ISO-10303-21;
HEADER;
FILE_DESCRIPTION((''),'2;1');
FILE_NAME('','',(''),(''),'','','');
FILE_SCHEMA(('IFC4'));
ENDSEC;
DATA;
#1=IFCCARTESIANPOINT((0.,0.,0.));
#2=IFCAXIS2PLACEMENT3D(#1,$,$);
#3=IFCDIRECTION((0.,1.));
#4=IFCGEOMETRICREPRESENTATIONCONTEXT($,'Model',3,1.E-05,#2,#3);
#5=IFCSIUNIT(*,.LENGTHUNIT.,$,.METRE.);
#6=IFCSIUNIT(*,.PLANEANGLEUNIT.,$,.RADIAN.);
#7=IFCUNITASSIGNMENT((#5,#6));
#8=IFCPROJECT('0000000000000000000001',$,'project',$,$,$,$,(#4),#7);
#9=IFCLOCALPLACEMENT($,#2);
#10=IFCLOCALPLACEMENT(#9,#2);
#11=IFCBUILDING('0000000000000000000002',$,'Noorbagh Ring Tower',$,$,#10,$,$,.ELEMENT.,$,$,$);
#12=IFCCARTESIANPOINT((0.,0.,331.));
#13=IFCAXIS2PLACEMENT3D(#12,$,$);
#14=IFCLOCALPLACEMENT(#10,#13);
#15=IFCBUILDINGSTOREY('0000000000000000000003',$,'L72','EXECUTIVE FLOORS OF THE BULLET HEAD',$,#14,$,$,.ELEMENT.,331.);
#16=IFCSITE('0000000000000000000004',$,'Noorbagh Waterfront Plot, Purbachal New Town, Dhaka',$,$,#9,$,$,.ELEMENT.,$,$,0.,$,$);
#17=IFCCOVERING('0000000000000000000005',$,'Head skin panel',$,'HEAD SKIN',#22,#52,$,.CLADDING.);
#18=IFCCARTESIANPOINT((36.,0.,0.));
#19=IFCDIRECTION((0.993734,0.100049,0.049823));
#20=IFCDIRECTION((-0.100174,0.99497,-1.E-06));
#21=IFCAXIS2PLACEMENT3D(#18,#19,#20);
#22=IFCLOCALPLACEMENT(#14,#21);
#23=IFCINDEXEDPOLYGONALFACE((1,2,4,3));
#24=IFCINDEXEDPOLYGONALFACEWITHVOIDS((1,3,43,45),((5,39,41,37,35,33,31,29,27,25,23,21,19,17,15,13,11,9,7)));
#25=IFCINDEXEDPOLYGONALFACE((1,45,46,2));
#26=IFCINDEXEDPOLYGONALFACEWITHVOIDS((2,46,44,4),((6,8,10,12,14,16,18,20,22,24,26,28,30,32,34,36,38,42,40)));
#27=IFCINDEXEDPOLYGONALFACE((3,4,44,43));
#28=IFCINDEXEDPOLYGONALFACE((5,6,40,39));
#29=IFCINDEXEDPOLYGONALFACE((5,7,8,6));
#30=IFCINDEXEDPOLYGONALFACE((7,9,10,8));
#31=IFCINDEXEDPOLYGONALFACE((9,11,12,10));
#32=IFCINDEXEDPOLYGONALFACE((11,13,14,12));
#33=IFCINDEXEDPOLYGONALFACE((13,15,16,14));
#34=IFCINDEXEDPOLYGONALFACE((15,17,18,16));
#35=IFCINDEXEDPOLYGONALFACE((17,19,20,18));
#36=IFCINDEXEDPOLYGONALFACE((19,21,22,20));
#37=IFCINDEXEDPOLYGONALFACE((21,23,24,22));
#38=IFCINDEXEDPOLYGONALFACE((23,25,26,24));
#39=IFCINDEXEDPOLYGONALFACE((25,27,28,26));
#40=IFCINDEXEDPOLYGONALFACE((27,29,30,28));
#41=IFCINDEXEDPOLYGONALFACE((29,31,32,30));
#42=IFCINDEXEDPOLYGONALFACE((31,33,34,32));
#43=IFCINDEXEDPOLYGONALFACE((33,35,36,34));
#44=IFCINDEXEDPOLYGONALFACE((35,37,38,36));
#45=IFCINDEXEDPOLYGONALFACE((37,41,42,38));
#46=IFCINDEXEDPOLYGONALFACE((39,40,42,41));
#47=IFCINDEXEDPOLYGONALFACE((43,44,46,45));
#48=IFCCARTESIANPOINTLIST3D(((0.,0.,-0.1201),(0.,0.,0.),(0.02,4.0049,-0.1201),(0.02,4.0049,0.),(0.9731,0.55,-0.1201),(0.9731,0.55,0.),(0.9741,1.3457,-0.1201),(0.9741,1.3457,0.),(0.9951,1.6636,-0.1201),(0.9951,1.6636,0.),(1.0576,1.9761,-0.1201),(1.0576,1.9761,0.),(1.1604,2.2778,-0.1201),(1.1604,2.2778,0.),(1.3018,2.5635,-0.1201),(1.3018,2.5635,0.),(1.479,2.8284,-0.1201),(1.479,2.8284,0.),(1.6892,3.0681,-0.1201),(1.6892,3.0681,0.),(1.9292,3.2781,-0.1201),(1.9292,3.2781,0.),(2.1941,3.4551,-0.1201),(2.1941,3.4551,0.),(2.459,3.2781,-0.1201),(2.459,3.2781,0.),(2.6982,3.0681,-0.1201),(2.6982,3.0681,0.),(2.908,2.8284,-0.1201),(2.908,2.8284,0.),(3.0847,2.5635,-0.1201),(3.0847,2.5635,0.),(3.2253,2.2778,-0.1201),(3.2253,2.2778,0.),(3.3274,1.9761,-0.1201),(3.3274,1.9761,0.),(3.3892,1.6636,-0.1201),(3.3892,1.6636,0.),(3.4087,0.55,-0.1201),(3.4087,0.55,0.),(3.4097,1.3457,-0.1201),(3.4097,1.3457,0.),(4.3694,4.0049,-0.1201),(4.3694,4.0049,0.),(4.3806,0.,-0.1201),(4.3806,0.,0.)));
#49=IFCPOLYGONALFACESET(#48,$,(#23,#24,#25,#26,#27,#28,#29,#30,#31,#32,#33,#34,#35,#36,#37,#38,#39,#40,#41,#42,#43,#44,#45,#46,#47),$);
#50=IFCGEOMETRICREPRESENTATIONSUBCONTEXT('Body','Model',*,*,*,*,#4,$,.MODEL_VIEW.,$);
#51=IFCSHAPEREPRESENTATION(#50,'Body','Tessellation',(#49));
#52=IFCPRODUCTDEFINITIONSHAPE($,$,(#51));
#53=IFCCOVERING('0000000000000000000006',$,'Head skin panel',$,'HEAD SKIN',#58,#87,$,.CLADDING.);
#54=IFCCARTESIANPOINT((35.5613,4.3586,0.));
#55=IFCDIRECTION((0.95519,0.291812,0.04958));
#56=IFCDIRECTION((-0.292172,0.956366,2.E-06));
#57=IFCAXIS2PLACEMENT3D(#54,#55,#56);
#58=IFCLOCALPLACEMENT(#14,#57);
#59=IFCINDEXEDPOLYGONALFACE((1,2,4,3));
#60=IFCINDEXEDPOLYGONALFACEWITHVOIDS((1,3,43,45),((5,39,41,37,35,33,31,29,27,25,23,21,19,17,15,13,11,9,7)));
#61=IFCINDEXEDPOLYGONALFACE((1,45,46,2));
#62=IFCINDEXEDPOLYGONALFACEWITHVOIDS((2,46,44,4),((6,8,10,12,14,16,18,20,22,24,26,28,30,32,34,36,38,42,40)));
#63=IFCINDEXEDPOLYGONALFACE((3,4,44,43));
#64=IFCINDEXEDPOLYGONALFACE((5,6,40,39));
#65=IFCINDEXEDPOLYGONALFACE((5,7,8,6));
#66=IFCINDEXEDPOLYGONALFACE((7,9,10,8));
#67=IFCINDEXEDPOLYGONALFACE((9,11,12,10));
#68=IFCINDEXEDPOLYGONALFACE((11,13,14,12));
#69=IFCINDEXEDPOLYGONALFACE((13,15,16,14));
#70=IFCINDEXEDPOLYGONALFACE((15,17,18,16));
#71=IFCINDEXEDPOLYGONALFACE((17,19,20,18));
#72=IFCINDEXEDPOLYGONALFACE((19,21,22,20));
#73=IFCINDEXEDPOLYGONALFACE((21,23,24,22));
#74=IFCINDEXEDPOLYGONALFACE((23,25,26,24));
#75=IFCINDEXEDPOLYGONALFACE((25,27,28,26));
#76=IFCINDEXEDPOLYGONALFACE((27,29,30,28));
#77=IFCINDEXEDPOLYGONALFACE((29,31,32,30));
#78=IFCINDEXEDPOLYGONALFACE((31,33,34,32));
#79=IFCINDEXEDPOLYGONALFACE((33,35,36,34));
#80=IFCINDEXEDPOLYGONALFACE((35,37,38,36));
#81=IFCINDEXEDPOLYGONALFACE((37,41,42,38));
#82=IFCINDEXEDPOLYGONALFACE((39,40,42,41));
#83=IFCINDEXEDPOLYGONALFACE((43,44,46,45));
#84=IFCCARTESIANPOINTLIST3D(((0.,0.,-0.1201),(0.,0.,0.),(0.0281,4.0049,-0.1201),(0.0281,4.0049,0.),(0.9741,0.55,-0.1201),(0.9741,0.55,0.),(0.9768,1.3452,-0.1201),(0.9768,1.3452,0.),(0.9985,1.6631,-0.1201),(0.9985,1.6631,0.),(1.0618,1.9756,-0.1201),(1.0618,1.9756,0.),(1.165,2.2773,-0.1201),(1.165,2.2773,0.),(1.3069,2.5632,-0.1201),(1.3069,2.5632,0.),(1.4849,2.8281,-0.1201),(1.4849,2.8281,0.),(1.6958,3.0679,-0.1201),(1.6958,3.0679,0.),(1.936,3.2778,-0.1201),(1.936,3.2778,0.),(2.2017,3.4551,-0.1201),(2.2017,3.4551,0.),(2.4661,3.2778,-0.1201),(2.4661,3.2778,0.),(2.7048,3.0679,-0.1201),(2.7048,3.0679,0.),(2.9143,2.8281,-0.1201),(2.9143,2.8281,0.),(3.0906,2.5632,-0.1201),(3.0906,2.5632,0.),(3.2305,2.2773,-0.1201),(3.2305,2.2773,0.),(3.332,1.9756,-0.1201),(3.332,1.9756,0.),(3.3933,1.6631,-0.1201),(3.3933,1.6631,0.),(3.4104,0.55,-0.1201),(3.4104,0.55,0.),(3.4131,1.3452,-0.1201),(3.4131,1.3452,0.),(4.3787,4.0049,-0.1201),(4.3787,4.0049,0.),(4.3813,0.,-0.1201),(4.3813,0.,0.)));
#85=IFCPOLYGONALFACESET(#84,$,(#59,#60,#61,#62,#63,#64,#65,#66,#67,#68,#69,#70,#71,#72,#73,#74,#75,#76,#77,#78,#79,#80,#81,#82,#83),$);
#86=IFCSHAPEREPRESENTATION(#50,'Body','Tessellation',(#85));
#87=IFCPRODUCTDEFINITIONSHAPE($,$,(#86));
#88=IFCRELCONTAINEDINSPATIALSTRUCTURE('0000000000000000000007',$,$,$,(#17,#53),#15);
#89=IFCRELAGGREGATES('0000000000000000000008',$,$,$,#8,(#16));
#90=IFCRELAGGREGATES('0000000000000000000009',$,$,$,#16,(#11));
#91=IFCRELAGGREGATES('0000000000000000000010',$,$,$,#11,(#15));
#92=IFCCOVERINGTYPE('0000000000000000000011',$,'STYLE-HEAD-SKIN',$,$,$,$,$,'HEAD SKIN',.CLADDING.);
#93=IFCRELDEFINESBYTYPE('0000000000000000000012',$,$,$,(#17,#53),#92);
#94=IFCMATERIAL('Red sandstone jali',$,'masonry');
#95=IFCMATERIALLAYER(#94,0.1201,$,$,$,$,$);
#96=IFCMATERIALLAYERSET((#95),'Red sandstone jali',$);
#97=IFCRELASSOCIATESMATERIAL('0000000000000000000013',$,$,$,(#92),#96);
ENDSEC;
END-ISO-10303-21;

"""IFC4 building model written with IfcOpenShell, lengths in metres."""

from ifc_helpers import new_model, si_unit, direction, frame, origin, place, context, subcontext, project, spatial, polyline, outline, extrude, material, layer, layer_set, type_object, element, save


model = new_model("IFC4")

# Units and contexts
model_context = context("Model", 3, precision=1e-05, world=origin(), true_north=direction((0.0, 1.0)))
body_context = subcontext(model_context, "Body", "Model", "MODEL_VIEW")
ifc_project = project(units=[si_unit("LENGTHUNIT", "METRE"), si_unit("PLANEANGLEUNIT", "RADIAN")], contexts=[model_context])

# Site, building, storey
site_placement = place(None, origin())
site = spatial("IfcSite", under=ifc_project, at=site_placement, Name="Noorbagh Waterfront Plot, Purbachal New Town, Dhaka", CompositionType="ELEMENT", RefElevation=0.0)
building_placement = place(site_placement, origin())
building = spatial("IfcBuilding", under=site, at=building_placement, Name="Noorbagh Ring Tower", CompositionType="ELEMENT")
storey_placement = place(building_placement, frame((0.0, 0.0, 331.0)))
storey = spatial("IfcBuildingStorey", under=building, at=storey_placement, Name="L72", Description="EXECUTIVE FLOORS OF THE BULLET HEAD", CompositionType="ELEMENT", Elevation=331.0)

# Coverings
ifc_material_1 = material(Name="Red sandstone jali", Category="masonry")
ifc_layer_1 = layer(ifc_material_1, 0.1201)
ifc_layer_set_1 = layer_set([ifc_layer_1], Name="Red sandstone jali")
covering_type_1 = type_object("IfcCoveringType", Name="STYLE-HEAD-SKIN", ElementType="HEAD SKIN", PredefinedType="CLADDING", material=ifc_layer_set_1)
covering_1_placement = place(storey_placement, frame((36.0, 0.0, 0.0), z_axis=(0.993734, 0.100049, 0.049823), x_axis=(-0.100174, 0.99497, -0.000001)))
element("IfcCovering", 1, at=covering_1_placement, inside=storey, type_object=covering_type_1, Name="Head skin panel", ObjectType="HEAD SKIN", PredefinedType="CLADDING", context=body_context, shape_type="SweptSolid", body=[
    extrude(outline(polyline([(0.0, 0.0), (4.3806, 0.0), (4.3694, 4.0049), (0.02, 4.0049), (0.0, 0.0)]), holes=[polyline([(0.9731, 0.55), (0.9741, 1.3457), (0.9951, 1.6636), (1.0576, 1.9761), (1.1604, 2.2778), (1.3018, 2.5635), (1.479, 2.8284), (1.6892, 3.0681), (1.9292, 3.2781), (2.1941, 3.4551), (2.459, 3.2781), (2.6982, 3.0681), (2.908, 2.8284), (3.0847, 2.5635), (3.2253, 2.2778), (3.3274, 1.9761), (3.3892, 1.6636), (3.4097, 1.3457), (3.4087, 0.55), (0.9731, 0.55)])]), origin(), (0.0, 0.0, -1.0), 0.1201),
])
covering_2_placement = place(storey_placement, frame((35.5613, 4.3586, 0.0), z_axis=(0.95519, 0.291812, 0.04958), x_axis=(-0.292172, 0.956366, 0.000002)))
element("IfcCovering", 2, at=covering_2_placement, inside=storey, type_object=covering_type_1, Name="Head skin panel", ObjectType="HEAD SKIN", PredefinedType="CLADDING", context=body_context, shape_type="SweptSolid", body=[
    extrude(outline(polyline([(0.0, 0.0), (4.3813, 0.0), (4.3787, 4.0049), (0.0281, 4.0049), (0.0, 0.0)]), holes=[polyline([(0.9741, 0.55), (0.9768, 1.3452), (0.9985, 1.6631), (1.0618, 1.9756), (1.165, 2.2773), (1.3069, 2.5632), (1.4849, 2.8281), (1.6958, 3.0679), (1.936, 3.2778), (2.2017, 3.4551), (2.4661, 3.2778), (2.7048, 3.0679), (2.9143, 2.8281), (3.0906, 2.5632), (3.2305, 2.2773), (3.332, 1.9756), (3.3933, 1.6631), (3.4131, 1.3452), (3.4104, 0.55), (0.9741, 0.55)])]), origin(), (0.0, 0.0, -1.0), 0.1201),
])

save(model, "model.ifc")
